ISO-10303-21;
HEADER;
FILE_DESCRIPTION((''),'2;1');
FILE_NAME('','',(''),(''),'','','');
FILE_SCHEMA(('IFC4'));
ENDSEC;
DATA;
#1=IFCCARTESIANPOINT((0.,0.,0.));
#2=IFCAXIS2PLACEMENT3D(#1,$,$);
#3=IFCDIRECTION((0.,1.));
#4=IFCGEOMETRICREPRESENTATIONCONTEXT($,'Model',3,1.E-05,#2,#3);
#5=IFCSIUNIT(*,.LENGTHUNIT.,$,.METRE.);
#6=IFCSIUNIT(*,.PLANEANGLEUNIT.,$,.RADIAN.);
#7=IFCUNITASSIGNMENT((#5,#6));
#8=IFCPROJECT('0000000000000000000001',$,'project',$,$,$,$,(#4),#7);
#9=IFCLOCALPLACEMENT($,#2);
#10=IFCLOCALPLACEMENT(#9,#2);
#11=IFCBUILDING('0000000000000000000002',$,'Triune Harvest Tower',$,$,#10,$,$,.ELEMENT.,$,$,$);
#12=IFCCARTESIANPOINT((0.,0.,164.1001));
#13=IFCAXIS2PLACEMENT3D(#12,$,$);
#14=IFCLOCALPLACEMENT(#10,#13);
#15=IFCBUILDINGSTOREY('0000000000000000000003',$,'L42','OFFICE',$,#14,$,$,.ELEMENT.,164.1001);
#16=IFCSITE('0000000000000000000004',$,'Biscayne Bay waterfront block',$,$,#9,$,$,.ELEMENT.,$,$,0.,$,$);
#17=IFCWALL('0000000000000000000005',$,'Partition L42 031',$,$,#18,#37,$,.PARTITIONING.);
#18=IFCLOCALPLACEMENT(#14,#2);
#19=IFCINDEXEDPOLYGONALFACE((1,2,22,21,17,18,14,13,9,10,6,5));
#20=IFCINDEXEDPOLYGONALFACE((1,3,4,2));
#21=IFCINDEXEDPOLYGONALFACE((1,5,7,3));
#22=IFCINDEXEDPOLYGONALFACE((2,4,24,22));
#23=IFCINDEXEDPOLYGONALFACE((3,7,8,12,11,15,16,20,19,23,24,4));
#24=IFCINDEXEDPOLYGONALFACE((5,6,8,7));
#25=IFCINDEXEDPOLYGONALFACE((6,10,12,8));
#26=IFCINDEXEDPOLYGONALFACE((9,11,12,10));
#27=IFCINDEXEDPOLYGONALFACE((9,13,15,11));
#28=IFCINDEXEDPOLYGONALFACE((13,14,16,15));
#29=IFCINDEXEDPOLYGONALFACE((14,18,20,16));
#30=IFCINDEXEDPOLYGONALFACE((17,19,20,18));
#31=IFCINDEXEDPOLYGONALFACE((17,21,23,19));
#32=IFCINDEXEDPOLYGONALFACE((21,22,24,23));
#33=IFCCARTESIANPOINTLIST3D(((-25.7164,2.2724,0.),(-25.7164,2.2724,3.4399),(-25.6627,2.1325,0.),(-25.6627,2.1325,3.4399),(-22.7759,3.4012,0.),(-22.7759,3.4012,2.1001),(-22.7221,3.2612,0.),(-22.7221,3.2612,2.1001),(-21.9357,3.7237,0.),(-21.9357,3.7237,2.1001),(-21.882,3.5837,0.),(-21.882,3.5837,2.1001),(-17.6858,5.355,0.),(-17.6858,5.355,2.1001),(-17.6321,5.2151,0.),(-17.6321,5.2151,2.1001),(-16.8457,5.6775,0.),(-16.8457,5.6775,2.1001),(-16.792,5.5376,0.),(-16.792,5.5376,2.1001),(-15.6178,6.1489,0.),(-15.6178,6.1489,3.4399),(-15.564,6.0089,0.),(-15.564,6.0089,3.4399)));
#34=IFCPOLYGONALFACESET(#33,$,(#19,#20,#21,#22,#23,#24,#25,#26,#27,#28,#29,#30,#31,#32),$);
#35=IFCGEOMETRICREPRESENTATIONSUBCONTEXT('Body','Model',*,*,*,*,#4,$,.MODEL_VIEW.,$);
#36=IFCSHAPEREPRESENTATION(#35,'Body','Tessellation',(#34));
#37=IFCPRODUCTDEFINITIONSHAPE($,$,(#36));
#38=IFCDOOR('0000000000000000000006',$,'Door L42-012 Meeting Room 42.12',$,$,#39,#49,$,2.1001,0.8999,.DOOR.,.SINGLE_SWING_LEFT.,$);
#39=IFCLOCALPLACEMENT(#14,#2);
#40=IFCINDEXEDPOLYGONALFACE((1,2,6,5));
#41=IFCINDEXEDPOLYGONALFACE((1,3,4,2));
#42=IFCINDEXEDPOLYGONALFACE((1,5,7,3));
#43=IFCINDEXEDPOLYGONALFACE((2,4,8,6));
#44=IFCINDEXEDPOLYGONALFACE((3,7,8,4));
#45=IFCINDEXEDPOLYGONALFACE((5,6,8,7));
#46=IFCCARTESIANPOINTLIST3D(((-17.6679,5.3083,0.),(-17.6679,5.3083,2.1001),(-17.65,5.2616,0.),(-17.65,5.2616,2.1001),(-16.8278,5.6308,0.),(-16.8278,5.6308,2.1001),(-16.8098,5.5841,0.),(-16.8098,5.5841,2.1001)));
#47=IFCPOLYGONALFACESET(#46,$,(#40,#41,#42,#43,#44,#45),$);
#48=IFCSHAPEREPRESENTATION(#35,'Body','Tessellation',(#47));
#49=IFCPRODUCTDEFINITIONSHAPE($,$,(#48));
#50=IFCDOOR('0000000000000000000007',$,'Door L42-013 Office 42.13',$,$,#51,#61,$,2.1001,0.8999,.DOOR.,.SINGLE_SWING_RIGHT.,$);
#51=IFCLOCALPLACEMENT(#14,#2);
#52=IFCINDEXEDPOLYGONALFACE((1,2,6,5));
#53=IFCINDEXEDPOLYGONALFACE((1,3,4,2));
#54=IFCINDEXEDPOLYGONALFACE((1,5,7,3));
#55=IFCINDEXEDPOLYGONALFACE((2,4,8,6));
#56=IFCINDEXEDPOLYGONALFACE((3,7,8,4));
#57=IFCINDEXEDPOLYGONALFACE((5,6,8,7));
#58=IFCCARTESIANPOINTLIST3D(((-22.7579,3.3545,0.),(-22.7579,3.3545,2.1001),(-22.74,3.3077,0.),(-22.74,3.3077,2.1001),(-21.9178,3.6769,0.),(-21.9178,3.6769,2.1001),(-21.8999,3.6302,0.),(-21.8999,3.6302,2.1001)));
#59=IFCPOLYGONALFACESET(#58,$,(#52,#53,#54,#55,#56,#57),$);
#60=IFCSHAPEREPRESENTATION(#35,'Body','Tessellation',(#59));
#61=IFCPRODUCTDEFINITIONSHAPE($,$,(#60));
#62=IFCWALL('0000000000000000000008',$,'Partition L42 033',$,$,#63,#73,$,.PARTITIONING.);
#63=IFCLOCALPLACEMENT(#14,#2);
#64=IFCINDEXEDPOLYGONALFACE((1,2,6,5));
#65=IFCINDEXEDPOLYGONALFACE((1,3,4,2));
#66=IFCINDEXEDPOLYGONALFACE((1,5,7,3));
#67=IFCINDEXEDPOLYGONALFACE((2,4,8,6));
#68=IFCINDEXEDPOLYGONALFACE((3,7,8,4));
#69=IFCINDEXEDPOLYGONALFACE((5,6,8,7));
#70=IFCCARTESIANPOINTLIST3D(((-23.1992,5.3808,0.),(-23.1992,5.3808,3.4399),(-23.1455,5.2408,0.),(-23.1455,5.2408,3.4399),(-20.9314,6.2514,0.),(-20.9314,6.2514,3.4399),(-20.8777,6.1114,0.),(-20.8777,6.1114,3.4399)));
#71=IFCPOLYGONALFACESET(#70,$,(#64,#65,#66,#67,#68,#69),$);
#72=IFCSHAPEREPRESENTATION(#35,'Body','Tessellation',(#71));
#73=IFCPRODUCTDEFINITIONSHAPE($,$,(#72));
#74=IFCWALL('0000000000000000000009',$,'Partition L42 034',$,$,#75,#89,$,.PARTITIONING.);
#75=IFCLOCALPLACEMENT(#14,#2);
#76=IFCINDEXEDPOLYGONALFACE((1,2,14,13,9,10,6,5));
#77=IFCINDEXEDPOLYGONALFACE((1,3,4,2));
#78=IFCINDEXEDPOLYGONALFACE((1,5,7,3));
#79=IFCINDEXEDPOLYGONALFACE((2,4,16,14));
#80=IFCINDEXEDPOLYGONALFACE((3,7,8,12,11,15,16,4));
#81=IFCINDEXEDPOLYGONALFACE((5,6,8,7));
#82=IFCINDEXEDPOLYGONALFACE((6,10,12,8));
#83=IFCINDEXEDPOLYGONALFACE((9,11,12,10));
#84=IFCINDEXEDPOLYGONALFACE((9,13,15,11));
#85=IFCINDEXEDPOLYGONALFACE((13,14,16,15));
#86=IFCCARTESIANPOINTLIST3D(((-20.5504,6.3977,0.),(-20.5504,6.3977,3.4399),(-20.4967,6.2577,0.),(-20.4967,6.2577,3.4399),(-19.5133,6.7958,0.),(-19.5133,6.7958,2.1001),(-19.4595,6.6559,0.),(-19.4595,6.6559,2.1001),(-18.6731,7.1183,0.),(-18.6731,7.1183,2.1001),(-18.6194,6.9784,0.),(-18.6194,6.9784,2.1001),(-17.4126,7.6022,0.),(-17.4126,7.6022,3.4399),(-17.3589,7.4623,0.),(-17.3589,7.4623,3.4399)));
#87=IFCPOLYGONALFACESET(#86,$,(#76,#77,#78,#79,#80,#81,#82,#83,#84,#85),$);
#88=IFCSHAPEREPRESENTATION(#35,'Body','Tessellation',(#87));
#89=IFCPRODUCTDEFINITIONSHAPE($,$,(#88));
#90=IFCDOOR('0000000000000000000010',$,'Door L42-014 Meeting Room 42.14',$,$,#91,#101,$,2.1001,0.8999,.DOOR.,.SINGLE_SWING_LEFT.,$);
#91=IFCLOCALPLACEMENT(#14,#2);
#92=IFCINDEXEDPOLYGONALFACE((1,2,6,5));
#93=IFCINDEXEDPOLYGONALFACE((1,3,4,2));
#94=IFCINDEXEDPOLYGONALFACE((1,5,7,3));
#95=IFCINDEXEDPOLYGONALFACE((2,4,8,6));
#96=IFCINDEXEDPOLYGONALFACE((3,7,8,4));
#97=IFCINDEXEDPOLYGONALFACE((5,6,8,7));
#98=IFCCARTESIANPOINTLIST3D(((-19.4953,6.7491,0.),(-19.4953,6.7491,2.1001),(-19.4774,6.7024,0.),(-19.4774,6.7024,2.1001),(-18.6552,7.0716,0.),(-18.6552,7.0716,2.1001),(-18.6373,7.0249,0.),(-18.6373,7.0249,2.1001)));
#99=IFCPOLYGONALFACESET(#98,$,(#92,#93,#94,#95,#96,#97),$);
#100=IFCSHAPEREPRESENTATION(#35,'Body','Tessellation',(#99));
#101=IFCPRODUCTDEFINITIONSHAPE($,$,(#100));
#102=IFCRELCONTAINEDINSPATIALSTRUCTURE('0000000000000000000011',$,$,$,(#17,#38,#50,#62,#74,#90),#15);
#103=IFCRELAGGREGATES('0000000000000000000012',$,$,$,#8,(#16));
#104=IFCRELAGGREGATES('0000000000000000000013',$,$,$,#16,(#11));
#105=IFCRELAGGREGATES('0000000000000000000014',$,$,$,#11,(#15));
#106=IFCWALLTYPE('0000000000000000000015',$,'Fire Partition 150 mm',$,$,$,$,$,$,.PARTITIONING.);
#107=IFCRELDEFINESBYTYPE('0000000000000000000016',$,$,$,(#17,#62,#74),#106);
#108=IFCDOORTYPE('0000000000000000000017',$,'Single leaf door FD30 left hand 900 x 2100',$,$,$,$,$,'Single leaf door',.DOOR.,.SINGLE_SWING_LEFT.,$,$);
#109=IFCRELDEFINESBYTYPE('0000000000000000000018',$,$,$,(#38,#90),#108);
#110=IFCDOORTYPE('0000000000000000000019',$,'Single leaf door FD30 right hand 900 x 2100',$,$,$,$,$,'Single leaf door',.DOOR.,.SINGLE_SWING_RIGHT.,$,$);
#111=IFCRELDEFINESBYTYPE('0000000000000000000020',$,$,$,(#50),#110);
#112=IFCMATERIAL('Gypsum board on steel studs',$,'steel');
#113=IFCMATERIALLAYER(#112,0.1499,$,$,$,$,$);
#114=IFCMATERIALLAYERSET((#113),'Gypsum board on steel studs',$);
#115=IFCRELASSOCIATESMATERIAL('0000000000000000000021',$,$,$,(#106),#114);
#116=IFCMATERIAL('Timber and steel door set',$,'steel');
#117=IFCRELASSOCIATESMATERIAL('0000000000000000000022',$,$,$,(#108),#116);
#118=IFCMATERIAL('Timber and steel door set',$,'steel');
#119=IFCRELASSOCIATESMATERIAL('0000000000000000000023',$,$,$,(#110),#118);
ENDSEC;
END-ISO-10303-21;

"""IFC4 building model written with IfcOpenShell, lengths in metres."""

from ifc_helpers import new_model, si_unit, direction, frame, frame_2d, origin, place, context, subcontext, project, spatial, rectangle, extrude, source, transform, mapped, material, layer, layer_set, type_object, element, fill, save


model = new_model("IFC4")

# Units and contexts
model_context = context("Model", 3, precision=1e-05, world=origin(), true_north=direction((0.0, 1.0)))
body_context = subcontext(model_context, "Body", "Model", "MODEL_VIEW")
ifc_project = project(units=[si_unit("LENGTHUNIT", "METRE"), si_unit("PLANEANGLEUNIT", "RADIAN")], contexts=[model_context])

# Site, building, storey
site_placement = place(None, origin())
site = spatial("IfcSite", under=ifc_project, at=site_placement, Name="Biscayne Bay waterfront block", CompositionType="ELEMENT", RefElevation=0.0)
building_placement = place(site_placement, origin())
building = spatial("IfcBuilding", under=site, at=building_placement, Name="Triune Harvest Tower", CompositionType="ELEMENT")
storey_placement = place(building_placement, frame((0.0, 0.0, 164.1001)))
storey = spatial("IfcBuildingStorey", under=building, at=storey_placement, Name="L42", Description="OFFICE", CompositionType="ELEMENT", Elevation=164.1001)

# Shared definitions
ifc_material_1 = material(Name="Gypsum board on steel studs", Category="steel")
ifc_layer_1 = layer(ifc_material_1, 0.1499)
ifc_layer_set_1 = layer_set([ifc_layer_1], Name="Gypsum board on steel studs")
wall_type_1 = type_object("IfcWallType", Name="Fire Partition 150 mm", PredefinedType="PARTITIONING", material=ifc_layer_set_1)

# Wall, openings, doors
shared_shape_1 = source(origin(), body_context, "Body", "SweptSolid", [
    extrude(rectangle(XDim=10.8171, YDim=0.1499, at=frame_2d((5.4087, 0.0))), origin(), (0.0, 0.0, 1.0), 3.4399),
])
wall_1_placement = place(storey_placement, frame((-25.6897, 2.2024, 0.0), z_axis=(0.0, 0.0, 1.0), x_axis=(0.933582, 0.358365, 0.0)))
wall_1 = element("IfcWall", 1, at=wall_1_placement, inside=storey, type_object=wall_type_1, Name="Partition L42 031", PredefinedType="PARTITIONING", context=body_context, shape_type="MappedRepresentation", body=[
    mapped(shared_shape_1, transform((0.0, 0.0, 0.0), scale=1.0)),
])
opening_1_placement = place(wall_1_placement, frame((8.6021, 0.0, 0.0)))
opening_1 = element("IfcOpeningElement", 2, at=opening_1_placement, cuts=wall_1, PredefinedType="OPENING", context=body_context, shape_type="SweptSolid", body=[
    extrude(rectangle(XDim=0.8999, YDim=2.1001, at=frame_2d((0.45, 1.05))), frame((0.0, 0.085, 0.0), z_axis=(0.0, -1.0, 0.0), x_axis=(1.0, 0.0, 0.0)), (0.0, 0.0, 1.0), 0.1699),
])
opening_2_placement = place(wall_1_placement, frame((3.1499, 0.0, 0.0)))
opening_2 = element("IfcOpeningElement", 3, at=opening_2_placement, cuts=wall_1, PredefinedType="OPENING", context=body_context, shape_type="SweptSolid", body=[
    extrude(rectangle(XDim=0.8999, YDim=2.1001, at=frame_2d((0.45, 1.05))), frame((0.0, 0.085, 0.0), z_axis=(0.0, -1.0, 0.0), x_axis=(1.0, 0.0, 0.0)), (0.0, 0.0, 1.0), 0.1699),
])
ifc_material_2 = material(Name="Timber and steel door set", Category="steel")
door_type_1 = type_object("IfcDoorType", Name="Single leaf door FD30 left hand 900 x 2100", ElementType="Single leaf door", OperationType="SINGLE_SWING_LEFT", PredefinedType="DOOR", material=ifc_material_2)
door_1_placement = place(opening_1_placement, origin())
door_1 = element("IfcDoor", 4, at=door_1_placement, inside=storey, type_object=door_type_1, Name="Door L42-012 Meeting Room 42.12", OperationType="SINGLE_SWING_LEFT", OverallHeight=2.1001, OverallWidth=0.8999, PredefinedType="DOOR", context=body_context, shape_type="SweptSolid", body=[
    extrude(rectangle(XDim=0.8999, YDim=2.1001, at=frame_2d((0.45, 1.05))), frame((0.0, 0.0249, 0.0), z_axis=(0.0, -1.0, 0.0), x_axis=(1.0, 0.0, 0.0)), (0.0, 0.0, 1.0), 0.05),
])
fill(opening_1, door_1)
ifc_material_3 = material(Name="Timber and steel door set", Category="steel")
door_type_2 = type_object("IfcDoorType", Name="Single leaf door FD30 right hand 900 x 2100", ElementType="Single leaf door", OperationType="SINGLE_SWING_RIGHT", PredefinedType="DOOR", material=ifc_material_3)
door_2_placement = place(opening_2_placement, origin())
door_2 = element("IfcDoor", 5, at=door_2_placement, inside=storey, type_object=door_type_2, Name="Door L42-013 Office 42.13", OperationType="SINGLE_SWING_RIGHT", OverallHeight=2.1001, OverallWidth=0.8999, PredefinedType="DOOR", context=body_context, shape_type="SweptSolid", body=[
    extrude(rectangle(XDim=0.8999, YDim=2.1001, at=frame_2d((0.45, 1.05))), frame((0.0, 0.0249, 0.0), z_axis=(0.0, -1.0, 0.0), x_axis=(1.0, 0.0, 0.0)), (0.0, 0.0, 1.0), 0.05),
])
fill(opening_2, door_2)

# Wall
shared_shape_2 = source(origin(), body_context, "Body", "SweptSolid", [
    extrude(rectangle(XDim=2.4292, YDim=0.1499, at=frame_2d((1.2146, 0.0))), origin(), (0.0, 0.0, 1.0), 3.4399),
])
wall_2_placement = place(storey_placement, frame((-23.1724, 5.3108, 0.0), z_axis=(0.0, 0.0, 1.0), x_axis=(0.933571, 0.358393, 0.0)))
element("IfcWall", 6, at=wall_2_placement, inside=storey, type_object=wall_type_1, Name="Partition L42 033", PredefinedType="PARTITIONING", context=body_context, shape_type="MappedRepresentation", body=[
    mapped(shared_shape_2, transform((0.0, 0.0, 0.0), scale=1.0)),
])

# Wall, opening, door
shared_shape_3 = source(origin(), body_context, "Body", "SweptSolid", [
    extrude(rectangle(XDim=3.3611, YDim=0.1499, at=frame_2d((1.6807, 0.0))), origin(), (0.0, 0.0, 1.0), 3.4399),
])
wall_3_placement = place(storey_placement, frame((-20.5237, 6.3276, 0.0), z_axis=(0.0, 0.0, 1.0), x_axis=(0.933576, 0.35838, 0.0)))
wall_3 = element("IfcWall", 7, at=wall_3_placement, inside=storey, type_object=wall_type_1, Name="Partition L42 034", PredefinedType="PARTITIONING", context=body_context, shape_type="MappedRepresentation", body=[
    mapped(shared_shape_3, transform((0.0, 0.0, 0.0), scale=1.0)),
])
opening_3_placement = place(wall_3_placement, frame((1.1111, 0.0, 0.0)))
opening_3 = element("IfcOpeningElement", 8, at=opening_3_placement, cuts=wall_3, PredefinedType="OPENING", context=body_context, shape_type="SweptSolid", body=[
    extrude(rectangle(XDim=0.8999, YDim=2.1001, at=frame_2d((0.45, 1.05))), frame((0.0, 0.085, 0.0), z_axis=(0.0, -1.0, 0.0), x_axis=(1.0, 0.0, 0.0)), (0.0, 0.0, 1.0), 0.1699),
])
door_3_placement = place(opening_3_placement, origin())
door_3 = element("IfcDoor", 9, at=door_3_placement, inside=storey, type_object=door_type_1, Name="Door L42-014 Meeting Room 42.14", OperationType="SINGLE_SWING_LEFT", OverallHeight=2.1001, OverallWidth=0.8999, PredefinedType="DOOR", context=body_context, shape_type="SweptSolid", body=[
    extrude(rectangle(XDim=0.8999, YDim=2.1001, at=frame_2d((0.45, 1.05))), frame((0.0, 0.0249, 0.0), z_axis=(0.0, -1.0, 0.0), x_axis=(1.0, 0.0, 0.0)), (0.0, 0.0, 1.0), 0.05),
])
fill(opening_3, door_3)

save(model, "model.ifc")
